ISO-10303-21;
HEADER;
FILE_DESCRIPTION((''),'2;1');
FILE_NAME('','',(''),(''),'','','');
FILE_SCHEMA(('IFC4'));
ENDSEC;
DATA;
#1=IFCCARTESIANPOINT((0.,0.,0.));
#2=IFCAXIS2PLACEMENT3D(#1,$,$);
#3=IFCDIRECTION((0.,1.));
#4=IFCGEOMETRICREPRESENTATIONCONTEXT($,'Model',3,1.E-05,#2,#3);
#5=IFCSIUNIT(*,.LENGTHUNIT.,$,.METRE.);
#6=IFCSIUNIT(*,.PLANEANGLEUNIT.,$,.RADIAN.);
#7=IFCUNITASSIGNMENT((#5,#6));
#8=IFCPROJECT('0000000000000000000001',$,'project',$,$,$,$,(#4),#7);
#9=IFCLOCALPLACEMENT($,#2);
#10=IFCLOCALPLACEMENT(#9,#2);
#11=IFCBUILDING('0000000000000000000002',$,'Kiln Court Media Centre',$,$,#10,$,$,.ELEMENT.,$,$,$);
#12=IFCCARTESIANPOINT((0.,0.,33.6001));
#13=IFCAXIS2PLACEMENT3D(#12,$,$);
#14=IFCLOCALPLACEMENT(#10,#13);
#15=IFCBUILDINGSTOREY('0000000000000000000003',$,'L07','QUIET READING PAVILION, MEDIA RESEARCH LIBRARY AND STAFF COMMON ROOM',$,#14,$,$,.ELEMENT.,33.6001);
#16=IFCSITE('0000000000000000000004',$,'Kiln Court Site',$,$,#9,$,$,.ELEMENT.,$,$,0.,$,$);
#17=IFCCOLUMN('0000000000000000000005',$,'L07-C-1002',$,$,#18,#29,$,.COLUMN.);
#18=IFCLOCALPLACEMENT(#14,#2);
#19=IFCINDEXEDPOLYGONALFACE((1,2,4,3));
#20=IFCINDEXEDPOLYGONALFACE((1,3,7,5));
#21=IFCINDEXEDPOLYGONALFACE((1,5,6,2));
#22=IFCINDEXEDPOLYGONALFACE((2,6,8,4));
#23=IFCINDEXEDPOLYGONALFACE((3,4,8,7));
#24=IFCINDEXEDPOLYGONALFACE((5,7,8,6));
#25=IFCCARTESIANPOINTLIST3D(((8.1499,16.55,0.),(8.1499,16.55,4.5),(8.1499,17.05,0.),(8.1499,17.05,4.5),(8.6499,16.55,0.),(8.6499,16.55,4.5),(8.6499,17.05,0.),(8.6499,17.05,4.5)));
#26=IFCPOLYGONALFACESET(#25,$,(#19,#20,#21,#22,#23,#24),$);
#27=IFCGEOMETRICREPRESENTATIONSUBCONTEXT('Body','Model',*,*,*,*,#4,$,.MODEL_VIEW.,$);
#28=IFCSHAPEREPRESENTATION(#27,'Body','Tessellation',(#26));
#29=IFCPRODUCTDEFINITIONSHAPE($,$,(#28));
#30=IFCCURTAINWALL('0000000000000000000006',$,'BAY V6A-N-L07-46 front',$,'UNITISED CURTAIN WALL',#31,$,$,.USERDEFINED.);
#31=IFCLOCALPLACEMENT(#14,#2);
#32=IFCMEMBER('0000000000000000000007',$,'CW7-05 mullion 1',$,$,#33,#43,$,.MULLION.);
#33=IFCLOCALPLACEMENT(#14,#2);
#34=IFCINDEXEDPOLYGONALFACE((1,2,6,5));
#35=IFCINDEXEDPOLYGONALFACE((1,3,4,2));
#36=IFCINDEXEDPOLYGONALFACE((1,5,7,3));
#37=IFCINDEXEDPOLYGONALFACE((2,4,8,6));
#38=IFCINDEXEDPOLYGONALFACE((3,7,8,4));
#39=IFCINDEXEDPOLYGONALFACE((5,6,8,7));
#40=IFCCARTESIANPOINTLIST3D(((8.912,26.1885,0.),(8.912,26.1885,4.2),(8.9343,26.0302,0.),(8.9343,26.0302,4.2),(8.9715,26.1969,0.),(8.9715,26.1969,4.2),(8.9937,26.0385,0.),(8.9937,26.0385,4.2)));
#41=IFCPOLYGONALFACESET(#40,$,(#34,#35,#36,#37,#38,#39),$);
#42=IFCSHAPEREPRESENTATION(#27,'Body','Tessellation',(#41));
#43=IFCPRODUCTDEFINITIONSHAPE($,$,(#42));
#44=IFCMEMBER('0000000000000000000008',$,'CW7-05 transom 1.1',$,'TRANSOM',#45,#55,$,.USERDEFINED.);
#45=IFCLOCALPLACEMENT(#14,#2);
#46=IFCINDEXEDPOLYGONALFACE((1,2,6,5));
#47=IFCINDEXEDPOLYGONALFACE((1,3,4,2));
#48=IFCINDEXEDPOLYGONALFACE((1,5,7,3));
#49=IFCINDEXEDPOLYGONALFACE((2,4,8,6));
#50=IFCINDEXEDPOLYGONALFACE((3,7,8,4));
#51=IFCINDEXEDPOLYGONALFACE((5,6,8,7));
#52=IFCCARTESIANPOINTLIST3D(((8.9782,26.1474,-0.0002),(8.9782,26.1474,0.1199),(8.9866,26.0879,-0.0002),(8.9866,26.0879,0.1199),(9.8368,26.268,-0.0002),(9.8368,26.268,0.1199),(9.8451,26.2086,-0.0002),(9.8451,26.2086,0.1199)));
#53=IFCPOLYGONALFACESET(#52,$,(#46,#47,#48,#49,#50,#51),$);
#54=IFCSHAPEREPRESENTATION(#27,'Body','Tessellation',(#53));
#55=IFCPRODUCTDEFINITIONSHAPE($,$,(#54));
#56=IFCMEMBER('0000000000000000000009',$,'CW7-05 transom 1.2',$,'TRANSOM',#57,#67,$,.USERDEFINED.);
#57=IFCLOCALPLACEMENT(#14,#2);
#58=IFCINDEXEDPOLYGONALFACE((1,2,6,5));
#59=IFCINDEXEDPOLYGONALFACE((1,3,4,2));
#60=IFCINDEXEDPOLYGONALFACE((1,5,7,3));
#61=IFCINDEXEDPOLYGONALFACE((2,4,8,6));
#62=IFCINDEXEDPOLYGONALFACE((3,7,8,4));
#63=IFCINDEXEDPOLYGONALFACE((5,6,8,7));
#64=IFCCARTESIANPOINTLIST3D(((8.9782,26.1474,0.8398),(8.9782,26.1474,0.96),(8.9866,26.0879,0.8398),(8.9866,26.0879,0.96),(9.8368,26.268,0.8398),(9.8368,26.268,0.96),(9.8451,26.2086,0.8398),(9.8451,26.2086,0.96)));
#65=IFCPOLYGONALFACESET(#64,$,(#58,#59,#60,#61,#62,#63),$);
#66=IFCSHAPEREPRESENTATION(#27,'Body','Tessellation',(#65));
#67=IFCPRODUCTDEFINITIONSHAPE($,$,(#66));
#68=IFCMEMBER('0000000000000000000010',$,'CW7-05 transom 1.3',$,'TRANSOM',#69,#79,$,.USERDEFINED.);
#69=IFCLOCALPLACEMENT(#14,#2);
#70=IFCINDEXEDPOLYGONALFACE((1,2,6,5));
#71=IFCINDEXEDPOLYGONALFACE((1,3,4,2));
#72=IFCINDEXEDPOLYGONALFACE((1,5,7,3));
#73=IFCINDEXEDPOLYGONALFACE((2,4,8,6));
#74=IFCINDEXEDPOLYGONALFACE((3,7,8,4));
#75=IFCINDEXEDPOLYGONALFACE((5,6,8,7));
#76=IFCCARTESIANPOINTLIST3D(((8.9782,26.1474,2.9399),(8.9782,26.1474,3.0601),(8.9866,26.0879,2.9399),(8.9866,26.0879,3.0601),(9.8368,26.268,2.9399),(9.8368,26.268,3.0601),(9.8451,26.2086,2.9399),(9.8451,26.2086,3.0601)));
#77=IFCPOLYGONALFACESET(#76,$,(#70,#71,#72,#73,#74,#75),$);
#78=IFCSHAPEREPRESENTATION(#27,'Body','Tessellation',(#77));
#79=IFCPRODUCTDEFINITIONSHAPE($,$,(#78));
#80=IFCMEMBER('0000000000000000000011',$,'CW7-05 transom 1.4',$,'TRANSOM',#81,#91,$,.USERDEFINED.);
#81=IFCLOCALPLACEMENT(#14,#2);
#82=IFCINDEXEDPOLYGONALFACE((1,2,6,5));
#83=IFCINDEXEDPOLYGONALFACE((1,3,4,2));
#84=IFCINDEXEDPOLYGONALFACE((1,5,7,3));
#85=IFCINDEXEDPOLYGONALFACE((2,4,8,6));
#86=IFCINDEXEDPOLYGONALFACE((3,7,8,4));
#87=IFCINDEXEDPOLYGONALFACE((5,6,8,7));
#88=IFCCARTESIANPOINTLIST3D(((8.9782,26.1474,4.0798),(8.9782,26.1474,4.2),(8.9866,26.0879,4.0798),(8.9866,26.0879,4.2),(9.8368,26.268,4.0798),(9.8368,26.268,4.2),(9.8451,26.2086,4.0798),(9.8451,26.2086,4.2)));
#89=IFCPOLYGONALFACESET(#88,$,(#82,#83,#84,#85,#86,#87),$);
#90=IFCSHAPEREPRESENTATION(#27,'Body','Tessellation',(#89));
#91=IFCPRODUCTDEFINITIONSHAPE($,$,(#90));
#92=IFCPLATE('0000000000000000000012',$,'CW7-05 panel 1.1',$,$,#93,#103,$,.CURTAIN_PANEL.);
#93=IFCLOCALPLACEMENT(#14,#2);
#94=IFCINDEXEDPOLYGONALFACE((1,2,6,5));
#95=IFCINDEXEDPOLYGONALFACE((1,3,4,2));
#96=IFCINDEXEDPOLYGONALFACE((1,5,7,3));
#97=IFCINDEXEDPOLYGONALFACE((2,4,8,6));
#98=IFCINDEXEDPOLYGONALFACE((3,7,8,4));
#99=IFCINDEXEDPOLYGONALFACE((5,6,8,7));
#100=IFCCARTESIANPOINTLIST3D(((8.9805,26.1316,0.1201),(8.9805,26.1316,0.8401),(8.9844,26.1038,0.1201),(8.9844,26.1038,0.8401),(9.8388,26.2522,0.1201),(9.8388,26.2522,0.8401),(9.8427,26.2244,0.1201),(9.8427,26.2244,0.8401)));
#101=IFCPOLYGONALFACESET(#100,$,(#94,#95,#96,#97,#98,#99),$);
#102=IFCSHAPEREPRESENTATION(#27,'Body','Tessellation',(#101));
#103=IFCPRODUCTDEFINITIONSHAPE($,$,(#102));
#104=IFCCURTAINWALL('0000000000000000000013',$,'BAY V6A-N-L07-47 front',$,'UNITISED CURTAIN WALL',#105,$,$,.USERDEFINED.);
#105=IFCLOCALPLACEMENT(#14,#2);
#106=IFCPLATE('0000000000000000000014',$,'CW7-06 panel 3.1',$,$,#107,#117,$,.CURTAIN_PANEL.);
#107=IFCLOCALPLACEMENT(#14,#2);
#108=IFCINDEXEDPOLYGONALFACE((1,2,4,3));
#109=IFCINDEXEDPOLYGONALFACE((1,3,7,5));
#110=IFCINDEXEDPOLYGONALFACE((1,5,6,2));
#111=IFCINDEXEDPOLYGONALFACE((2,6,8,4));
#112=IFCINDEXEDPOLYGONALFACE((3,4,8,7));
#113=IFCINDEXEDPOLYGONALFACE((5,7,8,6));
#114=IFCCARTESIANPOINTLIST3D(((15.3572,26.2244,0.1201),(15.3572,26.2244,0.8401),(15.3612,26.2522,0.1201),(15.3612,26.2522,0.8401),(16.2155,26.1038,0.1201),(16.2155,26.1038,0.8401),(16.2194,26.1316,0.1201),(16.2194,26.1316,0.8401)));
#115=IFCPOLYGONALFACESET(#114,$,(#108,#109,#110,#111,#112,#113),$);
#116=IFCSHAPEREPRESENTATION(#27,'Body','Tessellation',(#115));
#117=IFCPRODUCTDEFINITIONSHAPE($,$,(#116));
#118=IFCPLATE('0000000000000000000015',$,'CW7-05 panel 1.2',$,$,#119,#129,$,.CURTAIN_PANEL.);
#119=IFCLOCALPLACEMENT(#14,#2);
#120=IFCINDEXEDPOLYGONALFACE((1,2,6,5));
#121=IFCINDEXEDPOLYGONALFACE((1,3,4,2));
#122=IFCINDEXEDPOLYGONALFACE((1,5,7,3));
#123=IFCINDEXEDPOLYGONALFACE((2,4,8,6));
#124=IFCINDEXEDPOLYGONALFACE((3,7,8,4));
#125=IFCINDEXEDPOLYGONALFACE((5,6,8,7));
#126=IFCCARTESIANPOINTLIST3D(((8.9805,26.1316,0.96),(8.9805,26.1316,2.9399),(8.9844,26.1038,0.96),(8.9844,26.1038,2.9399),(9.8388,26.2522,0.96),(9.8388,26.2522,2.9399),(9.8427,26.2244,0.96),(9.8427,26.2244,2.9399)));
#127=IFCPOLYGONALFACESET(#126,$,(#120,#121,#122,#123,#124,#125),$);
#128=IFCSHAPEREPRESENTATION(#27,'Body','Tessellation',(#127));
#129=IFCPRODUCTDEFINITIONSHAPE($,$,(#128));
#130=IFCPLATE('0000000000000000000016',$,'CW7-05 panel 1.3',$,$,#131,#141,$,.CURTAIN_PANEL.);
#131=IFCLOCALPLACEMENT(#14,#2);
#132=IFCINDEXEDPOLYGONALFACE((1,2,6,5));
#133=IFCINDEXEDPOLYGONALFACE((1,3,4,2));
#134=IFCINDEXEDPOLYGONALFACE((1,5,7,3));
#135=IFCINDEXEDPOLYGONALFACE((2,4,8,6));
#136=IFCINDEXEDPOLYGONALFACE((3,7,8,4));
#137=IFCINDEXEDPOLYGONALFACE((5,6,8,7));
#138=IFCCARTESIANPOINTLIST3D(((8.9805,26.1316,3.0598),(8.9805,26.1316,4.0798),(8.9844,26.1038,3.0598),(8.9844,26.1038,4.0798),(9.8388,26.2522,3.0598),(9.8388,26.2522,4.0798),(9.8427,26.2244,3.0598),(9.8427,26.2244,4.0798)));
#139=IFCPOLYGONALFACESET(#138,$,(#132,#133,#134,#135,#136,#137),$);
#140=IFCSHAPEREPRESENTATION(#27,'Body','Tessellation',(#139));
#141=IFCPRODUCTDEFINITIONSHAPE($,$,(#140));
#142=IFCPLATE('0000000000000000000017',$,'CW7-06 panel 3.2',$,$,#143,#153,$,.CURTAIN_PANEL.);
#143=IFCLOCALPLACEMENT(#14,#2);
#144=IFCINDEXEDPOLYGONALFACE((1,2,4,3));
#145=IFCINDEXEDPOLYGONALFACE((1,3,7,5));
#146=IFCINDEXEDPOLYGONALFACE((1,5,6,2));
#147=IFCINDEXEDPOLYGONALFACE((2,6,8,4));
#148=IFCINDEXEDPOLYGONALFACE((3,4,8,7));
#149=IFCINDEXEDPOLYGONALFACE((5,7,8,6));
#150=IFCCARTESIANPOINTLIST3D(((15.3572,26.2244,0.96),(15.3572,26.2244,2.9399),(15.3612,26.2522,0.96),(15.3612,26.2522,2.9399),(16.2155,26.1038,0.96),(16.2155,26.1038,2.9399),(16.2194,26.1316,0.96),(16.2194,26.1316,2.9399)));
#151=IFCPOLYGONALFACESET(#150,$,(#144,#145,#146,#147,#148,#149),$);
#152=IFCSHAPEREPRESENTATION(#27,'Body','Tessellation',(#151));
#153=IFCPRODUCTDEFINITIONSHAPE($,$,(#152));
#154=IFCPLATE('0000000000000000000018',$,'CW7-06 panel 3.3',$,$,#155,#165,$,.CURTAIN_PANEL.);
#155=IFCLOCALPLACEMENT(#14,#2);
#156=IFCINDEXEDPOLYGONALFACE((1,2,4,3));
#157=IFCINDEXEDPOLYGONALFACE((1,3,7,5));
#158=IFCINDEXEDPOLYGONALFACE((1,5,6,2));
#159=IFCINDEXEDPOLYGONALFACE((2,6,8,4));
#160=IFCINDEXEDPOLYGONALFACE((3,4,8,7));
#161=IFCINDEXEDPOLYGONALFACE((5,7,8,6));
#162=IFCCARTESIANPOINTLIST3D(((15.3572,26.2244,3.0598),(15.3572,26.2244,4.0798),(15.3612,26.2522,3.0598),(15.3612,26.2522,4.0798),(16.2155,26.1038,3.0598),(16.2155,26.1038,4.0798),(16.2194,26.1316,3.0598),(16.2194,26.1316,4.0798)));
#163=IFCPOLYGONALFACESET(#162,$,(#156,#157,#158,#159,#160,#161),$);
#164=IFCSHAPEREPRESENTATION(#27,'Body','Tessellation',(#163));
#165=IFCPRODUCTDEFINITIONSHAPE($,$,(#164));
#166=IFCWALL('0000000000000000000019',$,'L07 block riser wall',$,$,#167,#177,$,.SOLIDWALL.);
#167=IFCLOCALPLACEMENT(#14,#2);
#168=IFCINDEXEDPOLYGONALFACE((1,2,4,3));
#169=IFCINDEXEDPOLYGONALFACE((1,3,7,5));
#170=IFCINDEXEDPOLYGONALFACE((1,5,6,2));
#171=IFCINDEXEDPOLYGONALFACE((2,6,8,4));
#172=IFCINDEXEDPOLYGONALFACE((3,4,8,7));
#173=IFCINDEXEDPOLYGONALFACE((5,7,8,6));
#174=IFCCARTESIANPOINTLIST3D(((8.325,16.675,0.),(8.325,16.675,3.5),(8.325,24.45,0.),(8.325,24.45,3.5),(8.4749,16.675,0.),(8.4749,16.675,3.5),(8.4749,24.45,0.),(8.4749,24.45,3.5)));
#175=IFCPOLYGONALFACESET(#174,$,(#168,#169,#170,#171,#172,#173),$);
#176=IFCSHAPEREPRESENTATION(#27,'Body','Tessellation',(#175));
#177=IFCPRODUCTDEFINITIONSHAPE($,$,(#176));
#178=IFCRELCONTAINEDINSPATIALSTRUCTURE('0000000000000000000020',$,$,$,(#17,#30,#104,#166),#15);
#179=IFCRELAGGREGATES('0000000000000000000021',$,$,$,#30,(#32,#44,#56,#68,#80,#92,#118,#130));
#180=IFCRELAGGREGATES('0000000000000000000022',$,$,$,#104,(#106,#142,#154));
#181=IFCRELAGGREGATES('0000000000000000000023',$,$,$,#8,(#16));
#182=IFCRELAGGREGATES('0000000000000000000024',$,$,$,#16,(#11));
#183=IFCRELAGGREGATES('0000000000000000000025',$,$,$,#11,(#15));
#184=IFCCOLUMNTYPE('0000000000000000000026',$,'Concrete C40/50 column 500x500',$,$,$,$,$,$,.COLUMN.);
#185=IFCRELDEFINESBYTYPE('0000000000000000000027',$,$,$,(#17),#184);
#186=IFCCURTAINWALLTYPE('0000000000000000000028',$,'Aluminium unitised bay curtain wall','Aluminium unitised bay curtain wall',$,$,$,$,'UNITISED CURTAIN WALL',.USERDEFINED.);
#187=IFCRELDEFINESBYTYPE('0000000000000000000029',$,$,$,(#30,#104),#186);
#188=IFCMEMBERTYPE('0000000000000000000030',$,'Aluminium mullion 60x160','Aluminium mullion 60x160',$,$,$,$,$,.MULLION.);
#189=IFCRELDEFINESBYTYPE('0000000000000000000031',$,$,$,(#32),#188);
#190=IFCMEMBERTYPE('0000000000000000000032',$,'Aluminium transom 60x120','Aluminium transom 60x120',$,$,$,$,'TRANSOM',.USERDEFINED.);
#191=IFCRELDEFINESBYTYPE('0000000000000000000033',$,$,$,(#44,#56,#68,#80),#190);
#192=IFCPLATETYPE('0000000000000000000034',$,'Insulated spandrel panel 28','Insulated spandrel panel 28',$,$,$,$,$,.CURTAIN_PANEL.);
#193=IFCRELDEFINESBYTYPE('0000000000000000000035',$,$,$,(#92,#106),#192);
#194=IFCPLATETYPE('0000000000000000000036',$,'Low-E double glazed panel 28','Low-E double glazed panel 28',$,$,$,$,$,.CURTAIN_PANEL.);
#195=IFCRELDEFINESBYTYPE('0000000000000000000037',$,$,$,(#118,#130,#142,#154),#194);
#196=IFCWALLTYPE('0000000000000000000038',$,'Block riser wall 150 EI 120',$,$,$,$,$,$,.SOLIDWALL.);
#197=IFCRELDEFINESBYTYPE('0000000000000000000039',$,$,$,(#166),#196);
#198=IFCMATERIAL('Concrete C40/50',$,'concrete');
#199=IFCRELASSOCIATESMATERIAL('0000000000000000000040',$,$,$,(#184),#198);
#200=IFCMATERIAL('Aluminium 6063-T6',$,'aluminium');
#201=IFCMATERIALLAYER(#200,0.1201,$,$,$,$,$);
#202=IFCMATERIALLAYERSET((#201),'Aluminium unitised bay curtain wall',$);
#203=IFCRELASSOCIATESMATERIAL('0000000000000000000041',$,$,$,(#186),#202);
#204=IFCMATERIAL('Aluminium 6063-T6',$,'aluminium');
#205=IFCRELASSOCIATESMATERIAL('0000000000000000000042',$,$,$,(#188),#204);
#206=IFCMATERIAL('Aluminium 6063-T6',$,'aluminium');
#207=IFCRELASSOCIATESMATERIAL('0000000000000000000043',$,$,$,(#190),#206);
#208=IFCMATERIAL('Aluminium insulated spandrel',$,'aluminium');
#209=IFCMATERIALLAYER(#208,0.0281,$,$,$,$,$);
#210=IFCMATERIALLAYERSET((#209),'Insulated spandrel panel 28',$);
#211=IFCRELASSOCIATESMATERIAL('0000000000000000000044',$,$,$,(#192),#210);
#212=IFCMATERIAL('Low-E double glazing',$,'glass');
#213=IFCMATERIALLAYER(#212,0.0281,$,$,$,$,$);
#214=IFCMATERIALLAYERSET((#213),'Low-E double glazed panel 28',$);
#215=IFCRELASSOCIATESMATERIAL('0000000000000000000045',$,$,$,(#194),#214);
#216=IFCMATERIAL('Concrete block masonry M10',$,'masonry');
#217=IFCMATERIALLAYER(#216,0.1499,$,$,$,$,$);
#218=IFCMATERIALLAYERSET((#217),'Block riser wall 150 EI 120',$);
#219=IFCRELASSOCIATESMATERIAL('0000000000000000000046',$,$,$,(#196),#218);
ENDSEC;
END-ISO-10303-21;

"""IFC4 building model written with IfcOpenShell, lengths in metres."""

from ifc_helpers import new_model, si_unit, direction, frame, frame_2d, origin, origin_2d, place, context, subcontext, project, spatial, rectangle, extrude, material, layer, layer_set, material_profile, profile_set, type_object, element, aggregate, save


model = new_model("IFC4")

# Units and contexts
model_context = context("Model", 3, precision=1e-05, world=origin(), true_north=direction((0.0, 1.0)))
body_context = subcontext(model_context, "Body", "Model", "MODEL_VIEW")
ifc_project = project(units=[si_unit("LENGTHUNIT", "METRE"), si_unit("PLANEANGLEUNIT", "RADIAN")], contexts=[model_context])

# Site, building, storey
site_placement = place(None, origin())
site = spatial("IfcSite", under=ifc_project, at=site_placement, Name="Kiln Court Site", CompositionType="ELEMENT", RefElevation=0.0)
building_placement = place(site_placement, origin())
building = spatial("IfcBuilding", under=site, at=building_placement, Name="Kiln Court Media Centre", CompositionType="ELEMENT")
storey_placement = place(building_placement, frame((0.0, 0.0, 33.6001)))
storey = spatial("IfcBuildingStorey", under=building, at=storey_placement, Name="L07", Description="QUIET READING PAVILION, MEDIA RESEARCH LIBRARY AND STAFF COMMON ROOM", CompositionType="ELEMENT", Elevation=33.6001)

# Column
ifc_material_1 = material(Name="Concrete C40/50", Category="concrete")
ifc_material_profile_1 = material_profile(ifc_material_1, rectangle(XDim=0.5, YDim=0.5, at=origin_2d()), Name="RC 500x500")
ifc_profile_set_1 = profile_set([ifc_material_profile_1], Name="Concrete C40/50")
column_type = type_object("IfcColumnType", Name="Concrete C40/50 column 500x500", PredefinedType="COLUMN", material=ifc_profile_set_1)
column_placement = place(storey_placement, frame((8.3999, 16.8, 0.0), z_axis=(0.0, 0.0, 1.0), x_axis=(1.0, 0.0, 0.0)))
element("IfcColumn", 1, at=column_placement, inside=storey, type_object=column_type, Name="L07-C-1002", PredefinedType="COLUMN", context=body_context, shape_type="SweptSolid", body=[
    extrude(rectangle(XDim=0.5, YDim=0.5, at=origin_2d()), origin(), (0.0, 0.0, 1.0), 4.5),
])

# Curtain wall, members, plate
ifc_material_2 = material(Name="Aluminium 6063-T6", Category="aluminium")
ifc_layer_1 = layer(ifc_material_2, 0.1201)
ifc_layer_set_1 = layer_set([ifc_layer_1], Name="Aluminium unitised bay curtain wall")
curtain_wall_type = type_object("IfcCurtainWallType", Name="Aluminium unitised bay curtain wall", Description="Aluminium unitised bay curtain wall", ElementType="UNITISED CURTAIN WALL", PredefinedType="USERDEFINED", material=ifc_layer_set_1)
curtain_wall_1_placement = place(storey_placement, origin())
curtain_wall_1 = element("IfcCurtainWall", 2, at=curtain_wall_1_placement, inside=storey, type_object=curtain_wall_type, Name="BAY V6A-N-L07-46 front", ObjectType="UNITISED CURTAIN WALL", PredefinedType="USERDEFINED")
ifc_material_3 = material(Name="Aluminium 6063-T6", Category="aluminium")
ifc_material_profile_2 = material_profile(ifc_material_3, rectangle(XDim=0.0601, YDim=0.1599, at=origin_2d()), Name="Aluminium mullion 60x160")
ifc_profile_set_2 = profile_set([ifc_material_profile_2], Name="Aluminium 6063-T6")
member_type_1 = type_object("IfcMemberType", Name="Aluminium mullion 60x160", Description="Aluminium mullion 60x160", PredefinedType="MULLION", material=ifc_profile_set_2)
member_1_placement = place(storey_placement, frame((8.9529, 26.1135, 0.0), z_axis=(0.0, 0.0, 1.0), x_axis=(0.99027, 0.139162, 0.0)))
member_1 = element("IfcMember", 3, at=member_1_placement, type_object=member_type_1, Name="CW7-05 mullion 1", PredefinedType="MULLION", context=body_context, shape_type="SweptSolid", body=[
    extrude(rectangle(XDim=0.0601, YDim=0.1599, at=origin_2d()), origin(), (0.0, 0.0, 1.0), 4.2),
])
ifc_material_4 = material(Name="Aluminium 6063-T6", Category="aluminium")
ifc_material_profile_3 = material_profile(ifc_material_4, rectangle(XDim=0.0601, YDim=0.1201, at=origin_2d()), Name="Aluminium transom 60x120")
ifc_profile_set_3 = profile_set([ifc_material_profile_3], Name="Aluminium 6063-T6")
member_type_2 = type_object("IfcMemberType", Name="Aluminium transom 60x120", Description="Aluminium transom 60x120", ElementType="TRANSOM", PredefinedType="USERDEFINED", material=ifc_profile_set_3)
member_2_placement = place(storey_placement, frame((8.9824, 26.1177, 0.0598), z_axis=(0.990274, 0.139134, 0.0), x_axis=(-0.139134, 0.990274, 0.0)))
member_2 = element("IfcMember", 4, at=member_2_placement, type_object=member_type_2, Name="CW7-05 transom 1.1", ObjectType="TRANSOM", PredefinedType="USERDEFINED", context=body_context, shape_type="SweptSolid", body=[
    extrude(rectangle(XDim=0.0601, YDim=0.1201, at=origin_2d()), origin(), (0.0, 0.0, 1.0), 0.8669),
])
member_3_placement = place(storey_placement, frame((8.9824, 26.1177, 0.8999), z_axis=(0.990274, 0.139134, 0.0), x_axis=(-0.139134, 0.990274, 0.0)))
member_3 = element("IfcMember", 5, at=member_3_placement, type_object=member_type_2, Name="CW7-05 transom 1.2", ObjectType="TRANSOM", PredefinedType="USERDEFINED", context=body_context, shape_type="SweptSolid", body=[
    extrude(rectangle(XDim=0.0601, YDim=0.1201, at=origin_2d()), origin(), (0.0, 0.0, 1.0), 0.8669),
])
member_4_placement = place(storey_placement, frame((8.9824, 26.1177, 3.0), z_axis=(0.990274, 0.139134, 0.0), x_axis=(-0.139134, 0.990274, 0.0)))
member_4 = element("IfcMember", 6, at=member_4_placement, type_object=member_type_2, Name="CW7-05 transom 1.3", ObjectType="TRANSOM", PredefinedType="USERDEFINED", context=body_context, shape_type="SweptSolid", body=[
    extrude(rectangle(XDim=0.0601, YDim=0.1201, at=origin_2d()), origin(), (0.0, 0.0, 1.0), 0.8669),
])
member_5_placement = place(storey_placement, frame((8.9824, 26.1177, 4.1399), z_axis=(0.990274, 0.139134, 0.0), x_axis=(-0.139134, 0.990274, 0.0)))
member_5 = element("IfcMember", 7, at=member_5_placement, type_object=member_type_2, Name="CW7-05 transom 1.4", ObjectType="TRANSOM", PredefinedType="USERDEFINED", context=body_context, shape_type="SweptSolid", body=[
    extrude(rectangle(XDim=0.0601, YDim=0.1201, at=origin_2d()), origin(), (0.0, 0.0, 1.0), 0.8669),
])
ifc_material_5 = material(Name="Aluminium insulated spandrel", Category="aluminium")
ifc_layer_2 = layer(ifc_material_5, 0.0281)
ifc_layer_set_2 = layer_set([ifc_layer_2], Name="Insulated spandrel panel 28")
plate_type_1 = type_object("IfcPlateType", Name="Insulated spandrel panel 28", Description="Insulated spandrel panel 28", PredefinedType="CURTAIN_PANEL", material=ifc_layer_set_2)
plate_1_placement = place(storey_placement, frame((9.4116, 26.178, 0.1201), z_axis=(0.0, 0.0, 1.0), x_axis=(0.99027, 0.139162, 0.0)))
plate_1 = element("IfcPlate", 8, at=plate_1_placement, type_object=plate_type_1, Name="CW7-05 panel 1.1", PredefinedType="CURTAIN_PANEL", context=body_context, shape_type="SweptSolid", body=[
    extrude(rectangle(XDim=0.8667, YDim=0.0281, at=origin_2d()), origin(), (0.0, 0.0, 1.0), 0.72),
])

# Curtain wall, plate
curtain_wall_2_placement = place(storey_placement, origin())
curtain_wall_2 = element("IfcCurtainWall", 9, at=curtain_wall_2_placement, inside=storey, type_object=curtain_wall_type, Name="BAY V6A-N-L07-47 front", ObjectType="UNITISED CURTAIN WALL", PredefinedType="USERDEFINED")
plate_2_placement = place(storey_placement, frame((15.7883, 26.178, 0.1201), z_axis=(0.0, 0.0, 1.0), x_axis=(0.99027, -0.139162, 0.0)))
plate_2 = element("IfcPlate", 10, at=plate_2_placement, type_object=plate_type_1, Name="CW7-06 panel 3.1", PredefinedType="CURTAIN_PANEL", context=body_context, shape_type="SweptSolid", body=[
    extrude(rectangle(XDim=0.8667, YDim=0.0281, at=origin_2d()), origin(), (0.0, 0.0, 1.0), 0.72),
])

# Plates
ifc_material_6 = material(Name="Low-E double glazing", Category="glass")
ifc_layer_3 = layer(ifc_material_6, 0.0281)
ifc_layer_set_3 = layer_set([ifc_layer_3], Name="Low-E double glazed panel 28")
plate_type_2 = type_object("IfcPlateType", Name="Low-E double glazed panel 28", Description="Low-E double glazed panel 28", PredefinedType="CURTAIN_PANEL", material=ifc_layer_set_3)
plate_3_placement = place(storey_placement, frame((9.4116, 26.178, 0.96), z_axis=(0.0, 0.0, 1.0), x_axis=(0.99027, 0.139162, 0.0)))
plate_3 = element("IfcPlate", 11, at=plate_3_placement, type_object=plate_type_2, Name="CW7-05 panel 1.2", PredefinedType="CURTAIN_PANEL", context=body_context, shape_type="SweptSolid", body=[
    extrude(rectangle(XDim=0.8667, YDim=0.0281, at=origin_2d()), origin(), (0.0, 0.0, 1.0), 1.98),
])
plate_4_placement = place(storey_placement, frame((9.4116, 26.178, 3.0598), z_axis=(0.0, 0.0, 1.0), x_axis=(0.99027, 0.139162, 0.0)))
plate_4 = element("IfcPlate", 12, at=plate_4_placement, type_object=plate_type_2, Name="CW7-05 panel 1.3", PredefinedType="CURTAIN_PANEL", context=body_context, shape_type="SweptSolid", body=[
    extrude(rectangle(XDim=0.8667, YDim=0.0281, at=origin_2d()), origin(), (0.0, 0.0, 1.0), 1.02),
])
aggregate(curtain_wall_1, [member_1, member_2, member_3, member_4, member_5, plate_1, plate_3, plate_4])
plate_5_placement = place(storey_placement, frame((15.7883, 26.178, 0.96), z_axis=(0.0, 0.0, 1.0), x_axis=(0.99027, -0.139162, 0.0)))
plate_5 = element("IfcPlate", 13, at=plate_5_placement, type_object=plate_type_2, Name="CW7-06 panel 3.2", PredefinedType="CURTAIN_PANEL", context=body_context, shape_type="SweptSolid", body=[
    extrude(rectangle(XDim=0.8667, YDim=0.0281, at=origin_2d()), origin(), (0.0, 0.0, 1.0), 1.98),
])
plate_6_placement = place(storey_placement, frame((15.7883, 26.178, 3.0598), z_axis=(0.0, 0.0, 1.0), x_axis=(0.99027, -0.139162, 0.0)))
plate_6 = element("IfcPlate", 14, at=plate_6_placement, type_object=plate_type_2, Name="CW7-06 panel 3.3", PredefinedType="CURTAIN_PANEL", context=body_context, shape_type="SweptSolid", body=[
    extrude(rectangle(XDim=0.8667, YDim=0.0281, at=origin_2d()), origin(), (0.0, 0.0, 1.0), 1.02),
])
aggregate(curtain_wall_2, [plate_2, plate_5, plate_6])

# Wall
ifc_material_7 = material(Name="Concrete block masonry M10", Category="masonry")
ifc_layer_4 = layer(ifc_material_7, 0.1499)
ifc_layer_set_4 = layer_set([ifc_layer_4], Name="Block riser wall 150 EI 120")
wall_type_1 = type_object("IfcWallType", Name="Block riser wall 150 EI 120", PredefinedType="SOLIDWALL", material=ifc_layer_set_4)
wall_1_placement = place(storey_placement, frame((8.3999, 16.675, 0.0), z_axis=(0.0, 0.0, 1.0), x_axis=(0.0, 1.0, 0.0)))
element("IfcWall", 15, at=wall_1_placement, inside=storey, type_object=wall_type_1, Name="L07 block riser wall", PredefinedType="SOLIDWALL", context=body_context, shape_type="SweptSolid", body=[
    extrude(rectangle(XDim=7.7749, YDim=0.1499, at=frame_2d((3.8875, 0.0))), origin(), (0.0, 0.0, 1.0), 3.5),
])

save(model, "model.ifc")
